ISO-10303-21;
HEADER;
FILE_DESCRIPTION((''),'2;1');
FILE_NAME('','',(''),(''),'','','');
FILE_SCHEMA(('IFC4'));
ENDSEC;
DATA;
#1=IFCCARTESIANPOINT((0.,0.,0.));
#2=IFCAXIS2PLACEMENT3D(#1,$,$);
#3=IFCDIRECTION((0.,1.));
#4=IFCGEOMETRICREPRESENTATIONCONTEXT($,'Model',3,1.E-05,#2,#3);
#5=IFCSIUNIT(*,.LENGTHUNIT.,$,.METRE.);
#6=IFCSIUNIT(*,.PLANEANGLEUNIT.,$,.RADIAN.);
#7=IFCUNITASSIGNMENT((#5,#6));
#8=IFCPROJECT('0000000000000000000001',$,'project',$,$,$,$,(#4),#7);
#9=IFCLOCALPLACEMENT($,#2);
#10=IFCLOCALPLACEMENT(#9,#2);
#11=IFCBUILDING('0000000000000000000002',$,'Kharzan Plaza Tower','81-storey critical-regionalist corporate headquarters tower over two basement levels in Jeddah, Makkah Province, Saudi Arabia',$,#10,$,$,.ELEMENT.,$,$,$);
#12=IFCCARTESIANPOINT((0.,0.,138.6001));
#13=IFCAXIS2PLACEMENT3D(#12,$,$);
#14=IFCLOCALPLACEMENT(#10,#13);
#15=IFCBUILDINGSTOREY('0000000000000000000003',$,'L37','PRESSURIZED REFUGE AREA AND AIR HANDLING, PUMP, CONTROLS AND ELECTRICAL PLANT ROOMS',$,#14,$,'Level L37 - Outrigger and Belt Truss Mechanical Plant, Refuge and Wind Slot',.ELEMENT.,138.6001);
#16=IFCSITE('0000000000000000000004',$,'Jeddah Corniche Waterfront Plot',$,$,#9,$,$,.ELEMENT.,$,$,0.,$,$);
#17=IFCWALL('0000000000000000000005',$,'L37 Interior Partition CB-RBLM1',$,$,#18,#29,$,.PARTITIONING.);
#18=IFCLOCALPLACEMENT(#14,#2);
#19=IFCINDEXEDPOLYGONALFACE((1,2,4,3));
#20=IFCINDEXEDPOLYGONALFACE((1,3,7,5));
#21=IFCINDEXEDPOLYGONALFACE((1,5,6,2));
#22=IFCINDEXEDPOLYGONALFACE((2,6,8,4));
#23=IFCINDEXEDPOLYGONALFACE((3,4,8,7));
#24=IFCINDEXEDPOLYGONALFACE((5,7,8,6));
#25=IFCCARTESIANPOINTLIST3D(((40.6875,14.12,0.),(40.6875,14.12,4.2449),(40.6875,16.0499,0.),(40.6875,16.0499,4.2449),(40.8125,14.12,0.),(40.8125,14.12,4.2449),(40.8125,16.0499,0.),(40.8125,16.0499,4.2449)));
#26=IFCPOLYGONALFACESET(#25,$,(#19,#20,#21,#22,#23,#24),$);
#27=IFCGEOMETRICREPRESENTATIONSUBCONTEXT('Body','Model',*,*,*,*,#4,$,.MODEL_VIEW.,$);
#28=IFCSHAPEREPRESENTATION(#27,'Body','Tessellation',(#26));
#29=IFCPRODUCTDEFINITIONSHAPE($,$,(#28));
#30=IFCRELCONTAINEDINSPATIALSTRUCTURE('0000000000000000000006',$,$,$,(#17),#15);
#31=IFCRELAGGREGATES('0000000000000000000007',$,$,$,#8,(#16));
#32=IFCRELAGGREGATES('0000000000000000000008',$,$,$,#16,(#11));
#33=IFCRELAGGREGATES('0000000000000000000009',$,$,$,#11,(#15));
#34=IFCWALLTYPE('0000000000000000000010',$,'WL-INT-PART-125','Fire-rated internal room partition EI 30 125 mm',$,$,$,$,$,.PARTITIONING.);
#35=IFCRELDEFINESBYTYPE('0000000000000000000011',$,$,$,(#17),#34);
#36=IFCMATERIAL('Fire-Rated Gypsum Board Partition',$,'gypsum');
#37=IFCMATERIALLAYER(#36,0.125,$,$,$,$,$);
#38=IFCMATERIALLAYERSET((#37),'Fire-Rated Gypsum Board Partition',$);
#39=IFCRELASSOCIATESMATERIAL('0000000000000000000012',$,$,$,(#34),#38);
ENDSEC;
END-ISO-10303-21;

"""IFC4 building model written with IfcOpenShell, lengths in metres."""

from ifc_helpers import new_model, si_unit, direction, frame, frame_2d, origin, place, context, subcontext, project, spatial, rectangle, extrude, source, transform, mapped, material, layer, layer_set, type_object, element, save


model = new_model("IFC4")

# Units and contexts
model_context = context("Model", 3, precision=1e-05, world=origin(), true_north=direction((0.0, 1.0)))
body_context = subcontext(model_context, "Body", "Model", "MODEL_VIEW")
ifc_project = project(units=[si_unit("LENGTHUNIT", "METRE"), si_unit("PLANEANGLEUNIT", "RADIAN")], contexts=[model_context])

# Site, building, storey
site_placement = place(None, origin())
site = spatial("IfcSite", under=ifc_project, at=site_placement, Name="Jeddah Corniche Waterfront Plot", CompositionType="ELEMENT", RefElevation=0.0)
building_placement = place(site_placement, origin())
building = spatial("IfcBuilding", under=site, at=building_placement, Name="Kharzan Plaza Tower", Description="81-storey critical-regionalist corporate headquarters tower over two basement levels in Jeddah, Makkah Province, Saudi Arabia", CompositionType="ELEMENT")
storey_placement = place(building_placement, frame((0.0, 0.0, 138.6001)))
storey = spatial("IfcBuildingStorey", under=building, at=storey_placement, Name="L37", Description="PRESSURIZED REFUGE AREA AND AIR HANDLING, PUMP, CONTROLS AND ELECTRICAL PLANT ROOMS", LongName="Level L37 - Outrigger and Belt Truss Mechanical Plant, Refuge and Wind Slot", CompositionType="ELEMENT", Elevation=138.6001)

# Shared definitions
ifc_material_1 = material(Name="Fire-Rated Gypsum Board Partition", Category="gypsum")
ifc_layer_1 = layer(ifc_material_1, 0.125)
ifc_layer_set_1 = layer_set([ifc_layer_1], Name="Fire-Rated Gypsum Board Partition")
wall_type_1 = type_object("IfcWallType", Name="WL-INT-PART-125", Description="Fire-rated internal room partition EI 30 125 mm", PredefinedType="PARTITIONING", material=ifc_layer_set_1)

# Wall
shared_shape_1 = source(origin(), body_context, "Body", "SweptSolid", [
    extrude(rectangle(XDim=1.9299, YDim=0.125, at=frame_2d((0.9648, 0.0))), origin(), (0.0, 0.0, 1.0), 4.2449),
])
wall_1_placement = place(storey_placement, frame((40.75, 14.1201, 0.0), z_axis=(0.0, 0.0, 1.0), x_axis=(0.0, 1.0, 0.0)))
element("IfcWall", 1, at=wall_1_placement, inside=storey, type_object=wall_type_1, Name="L37 Interior Partition CB-RBLM1", PredefinedType="PARTITIONING", context=body_context, shape_type="MappedRepresentation", body=[
    mapped(shared_shape_1, transform((0.0, 0.0, 0.0), x_axis=(1.0, 0.0, 0.0), y_axis=(0.0, 1.0, 0.0), z_axis=(0.0, 0.0, 1.0))),
])

save(model, "model.ifc")
